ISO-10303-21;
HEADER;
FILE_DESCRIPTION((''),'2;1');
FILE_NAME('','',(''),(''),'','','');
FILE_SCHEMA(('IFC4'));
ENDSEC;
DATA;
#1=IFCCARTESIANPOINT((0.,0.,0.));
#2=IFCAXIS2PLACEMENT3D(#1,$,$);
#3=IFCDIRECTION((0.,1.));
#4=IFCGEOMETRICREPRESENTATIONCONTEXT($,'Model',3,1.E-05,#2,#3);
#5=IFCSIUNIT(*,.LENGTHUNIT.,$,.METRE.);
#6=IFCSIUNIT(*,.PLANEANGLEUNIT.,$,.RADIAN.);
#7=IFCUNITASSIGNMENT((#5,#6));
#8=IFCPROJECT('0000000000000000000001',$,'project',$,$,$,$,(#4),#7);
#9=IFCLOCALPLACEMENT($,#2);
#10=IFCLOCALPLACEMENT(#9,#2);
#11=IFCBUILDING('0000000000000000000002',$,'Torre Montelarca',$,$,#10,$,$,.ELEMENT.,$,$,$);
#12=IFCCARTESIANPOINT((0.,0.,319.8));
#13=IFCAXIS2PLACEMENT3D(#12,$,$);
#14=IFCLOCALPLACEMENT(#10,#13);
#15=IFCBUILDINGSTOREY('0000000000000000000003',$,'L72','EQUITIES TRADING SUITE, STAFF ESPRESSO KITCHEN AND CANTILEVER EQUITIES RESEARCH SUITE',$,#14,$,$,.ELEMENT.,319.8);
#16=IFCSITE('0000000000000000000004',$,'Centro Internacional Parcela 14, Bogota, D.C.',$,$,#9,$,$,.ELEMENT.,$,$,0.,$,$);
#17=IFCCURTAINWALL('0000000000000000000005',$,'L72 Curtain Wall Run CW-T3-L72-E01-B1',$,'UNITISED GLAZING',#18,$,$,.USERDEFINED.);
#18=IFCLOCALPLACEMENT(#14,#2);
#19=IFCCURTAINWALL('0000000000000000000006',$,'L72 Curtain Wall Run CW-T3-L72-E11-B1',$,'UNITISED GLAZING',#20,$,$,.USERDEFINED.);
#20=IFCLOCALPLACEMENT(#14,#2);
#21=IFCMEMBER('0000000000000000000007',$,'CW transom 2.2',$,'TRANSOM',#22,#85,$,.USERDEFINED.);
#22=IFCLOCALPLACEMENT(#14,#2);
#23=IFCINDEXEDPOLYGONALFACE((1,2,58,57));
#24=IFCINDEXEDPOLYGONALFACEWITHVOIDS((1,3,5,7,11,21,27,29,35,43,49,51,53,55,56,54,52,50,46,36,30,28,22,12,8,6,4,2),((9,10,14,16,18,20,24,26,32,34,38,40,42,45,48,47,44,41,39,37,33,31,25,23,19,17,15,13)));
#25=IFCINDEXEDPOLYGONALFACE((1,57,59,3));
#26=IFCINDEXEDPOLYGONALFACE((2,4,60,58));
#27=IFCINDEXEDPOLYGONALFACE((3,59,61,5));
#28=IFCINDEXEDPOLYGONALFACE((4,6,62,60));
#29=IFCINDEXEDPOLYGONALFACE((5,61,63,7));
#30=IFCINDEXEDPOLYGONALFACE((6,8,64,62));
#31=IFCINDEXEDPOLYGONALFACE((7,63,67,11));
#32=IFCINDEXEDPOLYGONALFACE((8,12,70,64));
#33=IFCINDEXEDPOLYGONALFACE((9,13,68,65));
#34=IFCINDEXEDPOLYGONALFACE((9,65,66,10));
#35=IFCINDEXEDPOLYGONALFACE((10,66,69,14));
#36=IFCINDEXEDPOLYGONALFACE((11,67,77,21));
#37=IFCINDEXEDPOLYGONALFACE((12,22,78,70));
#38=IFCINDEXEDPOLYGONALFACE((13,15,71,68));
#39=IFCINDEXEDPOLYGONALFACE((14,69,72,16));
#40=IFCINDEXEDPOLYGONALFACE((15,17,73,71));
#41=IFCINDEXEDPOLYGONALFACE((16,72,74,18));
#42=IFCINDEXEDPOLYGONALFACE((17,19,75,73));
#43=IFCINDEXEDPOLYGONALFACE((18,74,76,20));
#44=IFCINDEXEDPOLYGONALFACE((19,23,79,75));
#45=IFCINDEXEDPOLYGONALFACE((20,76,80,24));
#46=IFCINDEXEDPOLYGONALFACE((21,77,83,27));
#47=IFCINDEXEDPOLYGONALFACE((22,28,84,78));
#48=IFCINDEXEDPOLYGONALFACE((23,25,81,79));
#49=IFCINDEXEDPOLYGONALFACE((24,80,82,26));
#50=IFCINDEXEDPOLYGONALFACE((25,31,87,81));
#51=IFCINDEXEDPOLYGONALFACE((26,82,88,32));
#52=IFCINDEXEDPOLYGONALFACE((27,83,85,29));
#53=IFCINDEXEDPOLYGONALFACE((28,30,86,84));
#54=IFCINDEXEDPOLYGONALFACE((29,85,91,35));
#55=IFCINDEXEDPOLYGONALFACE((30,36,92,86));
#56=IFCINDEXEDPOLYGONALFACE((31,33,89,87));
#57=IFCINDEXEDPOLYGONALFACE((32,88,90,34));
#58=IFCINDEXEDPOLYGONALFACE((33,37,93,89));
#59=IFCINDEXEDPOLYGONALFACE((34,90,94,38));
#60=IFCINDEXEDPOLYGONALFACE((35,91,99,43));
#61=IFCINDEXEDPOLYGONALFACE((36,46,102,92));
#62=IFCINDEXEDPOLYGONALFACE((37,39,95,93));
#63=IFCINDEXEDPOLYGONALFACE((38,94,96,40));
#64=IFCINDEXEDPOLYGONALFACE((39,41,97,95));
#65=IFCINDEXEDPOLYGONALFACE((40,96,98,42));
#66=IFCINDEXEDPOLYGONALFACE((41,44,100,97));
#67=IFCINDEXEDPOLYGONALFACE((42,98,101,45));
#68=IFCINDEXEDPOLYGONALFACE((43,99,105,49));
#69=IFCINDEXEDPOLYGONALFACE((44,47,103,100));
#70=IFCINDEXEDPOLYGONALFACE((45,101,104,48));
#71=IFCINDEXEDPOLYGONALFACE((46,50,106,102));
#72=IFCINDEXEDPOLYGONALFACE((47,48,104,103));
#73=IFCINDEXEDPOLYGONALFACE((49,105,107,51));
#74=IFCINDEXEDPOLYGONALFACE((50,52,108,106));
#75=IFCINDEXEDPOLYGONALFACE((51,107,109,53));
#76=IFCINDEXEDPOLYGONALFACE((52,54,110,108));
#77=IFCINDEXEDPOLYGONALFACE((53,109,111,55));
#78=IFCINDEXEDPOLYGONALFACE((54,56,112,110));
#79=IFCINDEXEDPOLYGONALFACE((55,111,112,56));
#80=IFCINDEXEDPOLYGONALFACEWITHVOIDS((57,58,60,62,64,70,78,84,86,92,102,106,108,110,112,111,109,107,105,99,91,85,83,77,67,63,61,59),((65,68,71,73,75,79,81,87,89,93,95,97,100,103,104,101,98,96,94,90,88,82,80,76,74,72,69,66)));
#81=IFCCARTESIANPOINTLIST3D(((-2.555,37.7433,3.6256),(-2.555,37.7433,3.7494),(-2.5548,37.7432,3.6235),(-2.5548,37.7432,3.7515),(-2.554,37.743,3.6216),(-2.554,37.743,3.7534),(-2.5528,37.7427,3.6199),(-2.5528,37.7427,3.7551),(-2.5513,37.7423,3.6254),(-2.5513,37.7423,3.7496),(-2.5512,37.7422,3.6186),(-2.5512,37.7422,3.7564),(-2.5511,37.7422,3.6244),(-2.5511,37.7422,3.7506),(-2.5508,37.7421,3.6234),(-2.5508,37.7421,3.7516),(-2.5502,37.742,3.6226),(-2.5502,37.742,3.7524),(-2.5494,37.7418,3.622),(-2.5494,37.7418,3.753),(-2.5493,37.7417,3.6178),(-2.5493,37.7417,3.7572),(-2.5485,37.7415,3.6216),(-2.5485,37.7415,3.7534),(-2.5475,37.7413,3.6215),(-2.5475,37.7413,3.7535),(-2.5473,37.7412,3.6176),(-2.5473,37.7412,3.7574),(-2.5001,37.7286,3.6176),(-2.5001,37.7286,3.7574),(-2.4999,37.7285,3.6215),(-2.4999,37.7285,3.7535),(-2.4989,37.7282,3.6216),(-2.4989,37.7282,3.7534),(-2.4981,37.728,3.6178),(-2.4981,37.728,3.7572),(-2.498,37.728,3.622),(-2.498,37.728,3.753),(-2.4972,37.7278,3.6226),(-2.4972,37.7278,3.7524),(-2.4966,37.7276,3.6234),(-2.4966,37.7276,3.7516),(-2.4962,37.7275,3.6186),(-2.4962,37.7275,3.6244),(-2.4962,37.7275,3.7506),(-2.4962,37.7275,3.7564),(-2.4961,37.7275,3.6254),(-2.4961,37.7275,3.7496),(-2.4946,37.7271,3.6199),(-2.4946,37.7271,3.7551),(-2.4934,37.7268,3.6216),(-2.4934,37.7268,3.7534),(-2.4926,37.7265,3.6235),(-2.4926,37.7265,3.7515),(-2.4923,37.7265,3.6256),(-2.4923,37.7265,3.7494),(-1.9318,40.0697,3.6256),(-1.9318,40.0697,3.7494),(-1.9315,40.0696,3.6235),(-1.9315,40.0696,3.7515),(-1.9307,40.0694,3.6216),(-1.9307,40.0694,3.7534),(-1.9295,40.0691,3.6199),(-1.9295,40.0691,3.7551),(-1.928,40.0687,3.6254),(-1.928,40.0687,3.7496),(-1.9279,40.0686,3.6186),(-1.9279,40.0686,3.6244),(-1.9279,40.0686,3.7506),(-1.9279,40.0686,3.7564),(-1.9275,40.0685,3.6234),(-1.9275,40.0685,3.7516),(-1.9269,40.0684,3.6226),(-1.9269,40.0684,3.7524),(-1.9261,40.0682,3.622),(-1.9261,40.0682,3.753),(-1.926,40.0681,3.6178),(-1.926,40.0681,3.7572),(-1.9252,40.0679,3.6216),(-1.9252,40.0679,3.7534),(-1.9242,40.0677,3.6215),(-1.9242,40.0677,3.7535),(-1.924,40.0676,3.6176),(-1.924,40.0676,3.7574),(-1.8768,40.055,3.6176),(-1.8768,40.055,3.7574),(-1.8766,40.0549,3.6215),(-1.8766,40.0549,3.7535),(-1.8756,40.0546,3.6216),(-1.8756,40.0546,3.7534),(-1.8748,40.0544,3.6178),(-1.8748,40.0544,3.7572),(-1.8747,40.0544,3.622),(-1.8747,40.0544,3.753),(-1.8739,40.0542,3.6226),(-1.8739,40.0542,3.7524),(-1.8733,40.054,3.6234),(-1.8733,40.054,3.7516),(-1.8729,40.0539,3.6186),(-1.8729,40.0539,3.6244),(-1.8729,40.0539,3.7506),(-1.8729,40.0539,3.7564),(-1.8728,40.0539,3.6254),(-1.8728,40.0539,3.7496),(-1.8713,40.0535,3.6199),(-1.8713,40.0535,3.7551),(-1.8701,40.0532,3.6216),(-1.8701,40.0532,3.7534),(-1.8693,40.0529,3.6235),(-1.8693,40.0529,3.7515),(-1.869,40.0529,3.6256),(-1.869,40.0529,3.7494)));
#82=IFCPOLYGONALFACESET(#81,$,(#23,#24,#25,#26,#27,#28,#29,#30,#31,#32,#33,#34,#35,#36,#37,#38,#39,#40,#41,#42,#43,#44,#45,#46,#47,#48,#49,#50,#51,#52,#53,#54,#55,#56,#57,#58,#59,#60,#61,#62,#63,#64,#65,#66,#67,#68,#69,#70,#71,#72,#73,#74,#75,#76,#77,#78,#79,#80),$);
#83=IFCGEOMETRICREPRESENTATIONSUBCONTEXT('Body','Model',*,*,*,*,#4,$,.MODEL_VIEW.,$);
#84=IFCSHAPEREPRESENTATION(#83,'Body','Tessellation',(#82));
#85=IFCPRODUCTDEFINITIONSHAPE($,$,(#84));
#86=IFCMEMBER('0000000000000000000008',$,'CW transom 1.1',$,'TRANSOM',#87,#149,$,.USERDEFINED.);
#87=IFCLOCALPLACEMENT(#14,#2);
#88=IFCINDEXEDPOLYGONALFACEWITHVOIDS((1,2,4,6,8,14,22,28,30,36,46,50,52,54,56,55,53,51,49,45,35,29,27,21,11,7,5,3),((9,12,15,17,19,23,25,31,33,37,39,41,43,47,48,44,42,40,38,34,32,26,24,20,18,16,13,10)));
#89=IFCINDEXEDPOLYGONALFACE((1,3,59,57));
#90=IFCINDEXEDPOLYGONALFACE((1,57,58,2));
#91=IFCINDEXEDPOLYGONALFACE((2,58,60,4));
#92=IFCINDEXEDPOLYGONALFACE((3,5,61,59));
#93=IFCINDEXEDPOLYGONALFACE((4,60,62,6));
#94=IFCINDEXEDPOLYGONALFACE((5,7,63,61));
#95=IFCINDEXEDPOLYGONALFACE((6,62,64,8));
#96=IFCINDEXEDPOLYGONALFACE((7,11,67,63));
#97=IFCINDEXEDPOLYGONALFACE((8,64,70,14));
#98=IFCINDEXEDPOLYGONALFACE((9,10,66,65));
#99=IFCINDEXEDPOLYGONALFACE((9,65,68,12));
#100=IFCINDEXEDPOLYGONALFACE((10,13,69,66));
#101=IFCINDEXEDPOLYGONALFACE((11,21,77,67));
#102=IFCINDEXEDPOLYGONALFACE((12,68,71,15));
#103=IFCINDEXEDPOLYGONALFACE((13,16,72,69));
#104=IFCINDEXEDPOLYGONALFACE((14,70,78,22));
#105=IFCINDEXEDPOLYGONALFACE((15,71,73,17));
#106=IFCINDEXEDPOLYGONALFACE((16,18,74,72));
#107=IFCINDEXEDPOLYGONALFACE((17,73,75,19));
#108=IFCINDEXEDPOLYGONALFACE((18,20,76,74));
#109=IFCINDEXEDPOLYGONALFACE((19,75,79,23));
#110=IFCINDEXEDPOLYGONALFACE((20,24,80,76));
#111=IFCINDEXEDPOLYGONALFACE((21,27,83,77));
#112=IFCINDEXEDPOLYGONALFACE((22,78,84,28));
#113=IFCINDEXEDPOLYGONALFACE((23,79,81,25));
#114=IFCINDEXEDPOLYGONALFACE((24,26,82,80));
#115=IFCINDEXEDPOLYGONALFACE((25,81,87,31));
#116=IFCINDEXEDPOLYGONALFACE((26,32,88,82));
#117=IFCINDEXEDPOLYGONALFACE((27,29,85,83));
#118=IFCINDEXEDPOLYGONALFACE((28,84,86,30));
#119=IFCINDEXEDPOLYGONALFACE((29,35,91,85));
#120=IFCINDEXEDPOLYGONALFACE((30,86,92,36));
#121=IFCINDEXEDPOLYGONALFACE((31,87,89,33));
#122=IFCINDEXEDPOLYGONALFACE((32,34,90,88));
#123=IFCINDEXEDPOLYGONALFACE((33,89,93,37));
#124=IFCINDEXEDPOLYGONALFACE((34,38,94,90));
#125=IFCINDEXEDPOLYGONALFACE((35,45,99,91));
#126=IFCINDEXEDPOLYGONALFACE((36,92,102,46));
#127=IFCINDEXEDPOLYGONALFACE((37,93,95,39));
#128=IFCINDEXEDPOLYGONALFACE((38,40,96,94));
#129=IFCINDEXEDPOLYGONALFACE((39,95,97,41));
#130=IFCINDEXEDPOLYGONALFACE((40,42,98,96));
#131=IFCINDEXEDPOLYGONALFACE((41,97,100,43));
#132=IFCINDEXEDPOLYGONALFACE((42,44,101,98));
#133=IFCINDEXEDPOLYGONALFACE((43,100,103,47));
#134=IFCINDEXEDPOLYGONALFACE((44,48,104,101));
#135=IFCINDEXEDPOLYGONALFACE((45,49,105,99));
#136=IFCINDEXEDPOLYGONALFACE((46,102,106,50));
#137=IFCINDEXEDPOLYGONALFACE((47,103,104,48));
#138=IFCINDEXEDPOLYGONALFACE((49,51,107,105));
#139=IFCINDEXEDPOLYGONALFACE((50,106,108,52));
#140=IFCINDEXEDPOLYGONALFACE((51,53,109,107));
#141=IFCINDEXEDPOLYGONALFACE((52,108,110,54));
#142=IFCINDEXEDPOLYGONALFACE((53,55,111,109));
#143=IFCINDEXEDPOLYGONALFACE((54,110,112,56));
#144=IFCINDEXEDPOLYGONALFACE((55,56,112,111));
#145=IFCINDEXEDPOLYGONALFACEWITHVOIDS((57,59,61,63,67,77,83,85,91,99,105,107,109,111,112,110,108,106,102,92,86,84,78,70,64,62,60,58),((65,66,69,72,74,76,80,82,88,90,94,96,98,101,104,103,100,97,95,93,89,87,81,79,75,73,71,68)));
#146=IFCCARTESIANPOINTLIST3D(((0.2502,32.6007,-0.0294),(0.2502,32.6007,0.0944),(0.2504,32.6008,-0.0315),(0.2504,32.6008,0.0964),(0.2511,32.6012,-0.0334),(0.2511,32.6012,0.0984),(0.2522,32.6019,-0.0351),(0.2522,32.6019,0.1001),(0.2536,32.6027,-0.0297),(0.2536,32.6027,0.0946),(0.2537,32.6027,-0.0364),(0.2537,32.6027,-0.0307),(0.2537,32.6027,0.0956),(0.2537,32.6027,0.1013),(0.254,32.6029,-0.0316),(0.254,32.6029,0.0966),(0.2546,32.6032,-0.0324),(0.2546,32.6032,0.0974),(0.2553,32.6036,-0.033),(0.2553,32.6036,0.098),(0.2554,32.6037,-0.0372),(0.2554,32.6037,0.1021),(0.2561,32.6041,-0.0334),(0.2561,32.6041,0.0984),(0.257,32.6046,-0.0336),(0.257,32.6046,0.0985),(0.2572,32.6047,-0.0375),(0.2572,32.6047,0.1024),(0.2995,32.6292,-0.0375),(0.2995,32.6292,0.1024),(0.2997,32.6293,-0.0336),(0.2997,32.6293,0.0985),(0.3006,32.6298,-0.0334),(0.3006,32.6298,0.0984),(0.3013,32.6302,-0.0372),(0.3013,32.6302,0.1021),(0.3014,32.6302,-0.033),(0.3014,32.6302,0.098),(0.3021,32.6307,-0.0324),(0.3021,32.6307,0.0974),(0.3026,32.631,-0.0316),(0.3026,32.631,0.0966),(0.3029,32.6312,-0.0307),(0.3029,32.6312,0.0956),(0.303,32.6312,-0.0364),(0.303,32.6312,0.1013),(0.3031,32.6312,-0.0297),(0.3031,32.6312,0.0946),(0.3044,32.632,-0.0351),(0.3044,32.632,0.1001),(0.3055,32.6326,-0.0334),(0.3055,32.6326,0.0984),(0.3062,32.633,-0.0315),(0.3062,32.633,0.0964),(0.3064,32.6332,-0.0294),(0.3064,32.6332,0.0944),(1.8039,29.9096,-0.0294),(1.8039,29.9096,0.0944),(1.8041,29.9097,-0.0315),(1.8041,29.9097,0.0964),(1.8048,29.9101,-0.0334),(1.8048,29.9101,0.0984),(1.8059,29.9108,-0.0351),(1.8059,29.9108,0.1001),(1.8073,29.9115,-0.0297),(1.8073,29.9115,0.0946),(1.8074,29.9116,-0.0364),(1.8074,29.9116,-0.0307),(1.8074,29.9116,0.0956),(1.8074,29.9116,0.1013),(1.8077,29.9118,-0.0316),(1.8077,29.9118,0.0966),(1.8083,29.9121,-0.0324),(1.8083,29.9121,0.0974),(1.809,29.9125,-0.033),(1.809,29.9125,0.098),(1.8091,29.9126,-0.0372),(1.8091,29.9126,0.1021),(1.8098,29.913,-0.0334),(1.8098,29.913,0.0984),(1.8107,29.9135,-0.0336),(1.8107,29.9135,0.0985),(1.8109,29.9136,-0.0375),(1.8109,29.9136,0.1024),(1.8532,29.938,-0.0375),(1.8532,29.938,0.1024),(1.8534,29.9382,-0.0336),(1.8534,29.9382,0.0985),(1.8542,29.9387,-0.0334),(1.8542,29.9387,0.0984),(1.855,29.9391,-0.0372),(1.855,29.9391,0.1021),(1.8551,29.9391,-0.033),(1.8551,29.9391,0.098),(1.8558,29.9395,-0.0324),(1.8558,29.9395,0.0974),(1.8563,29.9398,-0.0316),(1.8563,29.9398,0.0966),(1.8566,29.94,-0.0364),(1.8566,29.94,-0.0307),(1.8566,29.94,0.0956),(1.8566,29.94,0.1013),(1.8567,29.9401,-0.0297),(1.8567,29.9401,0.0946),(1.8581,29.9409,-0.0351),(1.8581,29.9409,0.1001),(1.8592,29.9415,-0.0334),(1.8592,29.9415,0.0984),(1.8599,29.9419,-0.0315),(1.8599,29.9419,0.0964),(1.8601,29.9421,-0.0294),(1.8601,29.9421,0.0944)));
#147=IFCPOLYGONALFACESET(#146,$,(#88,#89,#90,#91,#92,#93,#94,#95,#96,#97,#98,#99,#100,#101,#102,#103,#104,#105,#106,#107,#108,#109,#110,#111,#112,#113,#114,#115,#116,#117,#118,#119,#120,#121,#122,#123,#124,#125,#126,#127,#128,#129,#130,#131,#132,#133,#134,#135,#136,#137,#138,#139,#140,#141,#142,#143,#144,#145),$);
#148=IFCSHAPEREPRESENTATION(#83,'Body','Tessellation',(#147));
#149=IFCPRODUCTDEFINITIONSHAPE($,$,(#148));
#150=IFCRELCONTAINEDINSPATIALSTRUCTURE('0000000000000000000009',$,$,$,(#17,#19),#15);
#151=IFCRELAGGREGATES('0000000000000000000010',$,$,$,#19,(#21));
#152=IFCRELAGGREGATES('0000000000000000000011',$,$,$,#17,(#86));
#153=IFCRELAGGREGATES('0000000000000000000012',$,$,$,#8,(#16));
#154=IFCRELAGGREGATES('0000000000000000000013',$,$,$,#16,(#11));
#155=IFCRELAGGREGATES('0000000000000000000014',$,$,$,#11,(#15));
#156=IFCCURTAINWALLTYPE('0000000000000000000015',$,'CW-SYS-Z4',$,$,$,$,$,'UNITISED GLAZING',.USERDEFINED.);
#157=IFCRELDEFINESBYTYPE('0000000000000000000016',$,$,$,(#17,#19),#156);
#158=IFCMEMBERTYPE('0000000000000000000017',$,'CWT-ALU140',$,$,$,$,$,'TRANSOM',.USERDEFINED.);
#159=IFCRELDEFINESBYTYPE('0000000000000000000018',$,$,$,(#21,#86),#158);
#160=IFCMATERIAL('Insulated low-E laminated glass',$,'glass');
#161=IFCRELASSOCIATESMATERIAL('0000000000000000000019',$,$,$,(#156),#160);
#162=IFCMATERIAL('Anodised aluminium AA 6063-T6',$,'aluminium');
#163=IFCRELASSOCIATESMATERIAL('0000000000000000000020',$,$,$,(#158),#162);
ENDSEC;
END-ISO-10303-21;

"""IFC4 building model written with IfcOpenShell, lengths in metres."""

from ifc_helpers import new_model, si_unit, direction, frame, origin, origin_2d, place, context, subcontext, project, spatial, hollow_rectangle, extrude, source, transform, mapped, material, material_profile, profile_set, type_object, element, aggregate, save


model = new_model("IFC4")

# Units and contexts
model_context = context("Model", 3, precision=1e-05, world=origin(), true_north=direction((0.0, 1.0)))
body_context = subcontext(model_context, "Body", "Model", "MODEL_VIEW")
ifc_project = project(units=[si_unit("LENGTHUNIT", "METRE"), si_unit("PLANEANGLEUNIT", "RADIAN")], contexts=[model_context])

# Site, building, storey
site_placement = place(None, origin())
site = spatial("IfcSite", under=ifc_project, at=site_placement, Name="Centro Internacional Parcela 14, Bogota, D.C.", CompositionType="ELEMENT", RefElevation=0.0)
building_placement = place(site_placement, origin())
building = spatial("IfcBuilding", under=site, at=building_placement, Name="Torre Montelarca", CompositionType="ELEMENT")
storey_placement = place(building_placement, frame((0.0, 0.0, 319.8)))
storey = spatial("IfcBuildingStorey", under=building, at=storey_placement, Name="L72", Description="EQUITIES TRADING SUITE, STAFF ESPRESSO KITCHEN AND CANTILEVER EQUITIES RESEARCH SUITE", CompositionType="ELEMENT", Elevation=319.8)

# Curtain wall
ifc_material_1 = material(Name="Insulated low-E laminated glass", Category="glass")
curtain_wall_type = type_object("IfcCurtainWallType", Name="CW-SYS-Z4", ElementType="UNITISED GLAZING", PredefinedType="USERDEFINED", material=ifc_material_1)
curtain_wall_1_placement = place(storey_placement, origin())
curtain_wall_1 = element("IfcCurtainWall", 1, at=curtain_wall_1_placement, inside=storey, type_object=curtain_wall_type, Name="L72 Curtain Wall Run CW-T3-L72-E01-B1", ObjectType="UNITISED GLAZING", PredefinedType="USERDEFINED")
ifc_material_2 = material(Name="Anodised aluminium AA 6063-T6", Category="aluminium")

# Curtain wall, member
curtain_wall_2_placement = place(storey_placement, origin())
curtain_wall_2 = element("IfcCurtainWall", 2, at=curtain_wall_2_placement, inside=storey, type_object=curtain_wall_type, Name="L72 Curtain Wall Run CW-T3-L72-E11-B1", ObjectType="UNITISED GLAZING", PredefinedType="USERDEFINED")
ifc_material_profile_1 = material_profile(ifc_material_2, hollow_rectangle(XDim=0.0649, YDim=0.1399, WallThickness=0.0039, InnerFilletRadius=0.0039, OuterFilletRadius=0.0081, at=origin_2d()), Name="ALU65X140X4", Category="aluminium")
ifc_profile_set_1 = profile_set([ifc_material_profile_1], Name="Anodised aluminium AA 6063-T6")
member_type_1 = type_object("IfcMemberType", Name="CWT-ALU140", ElementType="TRANSOM", PredefinedType="USERDEFINED", material=ifc_profile_set_1)
shared_shape_1 = source(origin(), body_context, "Body", "SweptSolid", [
    extrude(hollow_rectangle(XDim=0.0649, YDim=0.1399, WallThickness=0.0039, InnerFilletRadius=0.0039, OuterFilletRadius=0.0081, at=origin_2d()), origin(), (0.0, 0.0, 1.0), 2.4084),
])
member_1_placement = place(storey_placement, frame((-1.9004, 40.0613, 3.6875), z_axis=(-0.258792, -0.965933, 0.0), x_axis=(0.965933, -0.258792, 0.0)))
member_1 = element("IfcMember", 3, at=member_1_placement, type_object=member_type_1, Name="CW transom 2.2", ObjectType="TRANSOM", PredefinedType="USERDEFINED", context=body_context, shape_type="MappedRepresentation", body=[
    mapped(shared_shape_1, transform((0.0, 0.0, 0.0), scale=1.0)),
])

# Member
shared_shape_2 = source(origin(), body_context, "Body", "SweptSolid", [
    extrude(hollow_rectangle(XDim=0.0649, YDim=0.1399, WallThickness=0.0039, InnerFilletRadius=0.0039, OuterFilletRadius=0.0081, at=origin_2d()), origin(), (0.0, 0.0, 1.0), 3.1074),
])
member_2_placement = place(storey_placement, frame((0.2783, 32.6169, 0.0325), z_axis=(0.499992, -0.86603, 0.0), x_axis=(0.86603, 0.499992, 0.0)))
member_2 = element("IfcMember", 4, at=member_2_placement, type_object=member_type_1, Name="CW transom 1.1", ObjectType="TRANSOM", PredefinedType="USERDEFINED", context=body_context, shape_type="MappedRepresentation", body=[
    mapped(shared_shape_2, transform((0.0, 0.0, 0.0), scale=1.0)),
])

aggregate(curtain_wall_2, [member_1])
aggregate(curtain_wall_1, [member_2])

save(model, "model.ifc")
